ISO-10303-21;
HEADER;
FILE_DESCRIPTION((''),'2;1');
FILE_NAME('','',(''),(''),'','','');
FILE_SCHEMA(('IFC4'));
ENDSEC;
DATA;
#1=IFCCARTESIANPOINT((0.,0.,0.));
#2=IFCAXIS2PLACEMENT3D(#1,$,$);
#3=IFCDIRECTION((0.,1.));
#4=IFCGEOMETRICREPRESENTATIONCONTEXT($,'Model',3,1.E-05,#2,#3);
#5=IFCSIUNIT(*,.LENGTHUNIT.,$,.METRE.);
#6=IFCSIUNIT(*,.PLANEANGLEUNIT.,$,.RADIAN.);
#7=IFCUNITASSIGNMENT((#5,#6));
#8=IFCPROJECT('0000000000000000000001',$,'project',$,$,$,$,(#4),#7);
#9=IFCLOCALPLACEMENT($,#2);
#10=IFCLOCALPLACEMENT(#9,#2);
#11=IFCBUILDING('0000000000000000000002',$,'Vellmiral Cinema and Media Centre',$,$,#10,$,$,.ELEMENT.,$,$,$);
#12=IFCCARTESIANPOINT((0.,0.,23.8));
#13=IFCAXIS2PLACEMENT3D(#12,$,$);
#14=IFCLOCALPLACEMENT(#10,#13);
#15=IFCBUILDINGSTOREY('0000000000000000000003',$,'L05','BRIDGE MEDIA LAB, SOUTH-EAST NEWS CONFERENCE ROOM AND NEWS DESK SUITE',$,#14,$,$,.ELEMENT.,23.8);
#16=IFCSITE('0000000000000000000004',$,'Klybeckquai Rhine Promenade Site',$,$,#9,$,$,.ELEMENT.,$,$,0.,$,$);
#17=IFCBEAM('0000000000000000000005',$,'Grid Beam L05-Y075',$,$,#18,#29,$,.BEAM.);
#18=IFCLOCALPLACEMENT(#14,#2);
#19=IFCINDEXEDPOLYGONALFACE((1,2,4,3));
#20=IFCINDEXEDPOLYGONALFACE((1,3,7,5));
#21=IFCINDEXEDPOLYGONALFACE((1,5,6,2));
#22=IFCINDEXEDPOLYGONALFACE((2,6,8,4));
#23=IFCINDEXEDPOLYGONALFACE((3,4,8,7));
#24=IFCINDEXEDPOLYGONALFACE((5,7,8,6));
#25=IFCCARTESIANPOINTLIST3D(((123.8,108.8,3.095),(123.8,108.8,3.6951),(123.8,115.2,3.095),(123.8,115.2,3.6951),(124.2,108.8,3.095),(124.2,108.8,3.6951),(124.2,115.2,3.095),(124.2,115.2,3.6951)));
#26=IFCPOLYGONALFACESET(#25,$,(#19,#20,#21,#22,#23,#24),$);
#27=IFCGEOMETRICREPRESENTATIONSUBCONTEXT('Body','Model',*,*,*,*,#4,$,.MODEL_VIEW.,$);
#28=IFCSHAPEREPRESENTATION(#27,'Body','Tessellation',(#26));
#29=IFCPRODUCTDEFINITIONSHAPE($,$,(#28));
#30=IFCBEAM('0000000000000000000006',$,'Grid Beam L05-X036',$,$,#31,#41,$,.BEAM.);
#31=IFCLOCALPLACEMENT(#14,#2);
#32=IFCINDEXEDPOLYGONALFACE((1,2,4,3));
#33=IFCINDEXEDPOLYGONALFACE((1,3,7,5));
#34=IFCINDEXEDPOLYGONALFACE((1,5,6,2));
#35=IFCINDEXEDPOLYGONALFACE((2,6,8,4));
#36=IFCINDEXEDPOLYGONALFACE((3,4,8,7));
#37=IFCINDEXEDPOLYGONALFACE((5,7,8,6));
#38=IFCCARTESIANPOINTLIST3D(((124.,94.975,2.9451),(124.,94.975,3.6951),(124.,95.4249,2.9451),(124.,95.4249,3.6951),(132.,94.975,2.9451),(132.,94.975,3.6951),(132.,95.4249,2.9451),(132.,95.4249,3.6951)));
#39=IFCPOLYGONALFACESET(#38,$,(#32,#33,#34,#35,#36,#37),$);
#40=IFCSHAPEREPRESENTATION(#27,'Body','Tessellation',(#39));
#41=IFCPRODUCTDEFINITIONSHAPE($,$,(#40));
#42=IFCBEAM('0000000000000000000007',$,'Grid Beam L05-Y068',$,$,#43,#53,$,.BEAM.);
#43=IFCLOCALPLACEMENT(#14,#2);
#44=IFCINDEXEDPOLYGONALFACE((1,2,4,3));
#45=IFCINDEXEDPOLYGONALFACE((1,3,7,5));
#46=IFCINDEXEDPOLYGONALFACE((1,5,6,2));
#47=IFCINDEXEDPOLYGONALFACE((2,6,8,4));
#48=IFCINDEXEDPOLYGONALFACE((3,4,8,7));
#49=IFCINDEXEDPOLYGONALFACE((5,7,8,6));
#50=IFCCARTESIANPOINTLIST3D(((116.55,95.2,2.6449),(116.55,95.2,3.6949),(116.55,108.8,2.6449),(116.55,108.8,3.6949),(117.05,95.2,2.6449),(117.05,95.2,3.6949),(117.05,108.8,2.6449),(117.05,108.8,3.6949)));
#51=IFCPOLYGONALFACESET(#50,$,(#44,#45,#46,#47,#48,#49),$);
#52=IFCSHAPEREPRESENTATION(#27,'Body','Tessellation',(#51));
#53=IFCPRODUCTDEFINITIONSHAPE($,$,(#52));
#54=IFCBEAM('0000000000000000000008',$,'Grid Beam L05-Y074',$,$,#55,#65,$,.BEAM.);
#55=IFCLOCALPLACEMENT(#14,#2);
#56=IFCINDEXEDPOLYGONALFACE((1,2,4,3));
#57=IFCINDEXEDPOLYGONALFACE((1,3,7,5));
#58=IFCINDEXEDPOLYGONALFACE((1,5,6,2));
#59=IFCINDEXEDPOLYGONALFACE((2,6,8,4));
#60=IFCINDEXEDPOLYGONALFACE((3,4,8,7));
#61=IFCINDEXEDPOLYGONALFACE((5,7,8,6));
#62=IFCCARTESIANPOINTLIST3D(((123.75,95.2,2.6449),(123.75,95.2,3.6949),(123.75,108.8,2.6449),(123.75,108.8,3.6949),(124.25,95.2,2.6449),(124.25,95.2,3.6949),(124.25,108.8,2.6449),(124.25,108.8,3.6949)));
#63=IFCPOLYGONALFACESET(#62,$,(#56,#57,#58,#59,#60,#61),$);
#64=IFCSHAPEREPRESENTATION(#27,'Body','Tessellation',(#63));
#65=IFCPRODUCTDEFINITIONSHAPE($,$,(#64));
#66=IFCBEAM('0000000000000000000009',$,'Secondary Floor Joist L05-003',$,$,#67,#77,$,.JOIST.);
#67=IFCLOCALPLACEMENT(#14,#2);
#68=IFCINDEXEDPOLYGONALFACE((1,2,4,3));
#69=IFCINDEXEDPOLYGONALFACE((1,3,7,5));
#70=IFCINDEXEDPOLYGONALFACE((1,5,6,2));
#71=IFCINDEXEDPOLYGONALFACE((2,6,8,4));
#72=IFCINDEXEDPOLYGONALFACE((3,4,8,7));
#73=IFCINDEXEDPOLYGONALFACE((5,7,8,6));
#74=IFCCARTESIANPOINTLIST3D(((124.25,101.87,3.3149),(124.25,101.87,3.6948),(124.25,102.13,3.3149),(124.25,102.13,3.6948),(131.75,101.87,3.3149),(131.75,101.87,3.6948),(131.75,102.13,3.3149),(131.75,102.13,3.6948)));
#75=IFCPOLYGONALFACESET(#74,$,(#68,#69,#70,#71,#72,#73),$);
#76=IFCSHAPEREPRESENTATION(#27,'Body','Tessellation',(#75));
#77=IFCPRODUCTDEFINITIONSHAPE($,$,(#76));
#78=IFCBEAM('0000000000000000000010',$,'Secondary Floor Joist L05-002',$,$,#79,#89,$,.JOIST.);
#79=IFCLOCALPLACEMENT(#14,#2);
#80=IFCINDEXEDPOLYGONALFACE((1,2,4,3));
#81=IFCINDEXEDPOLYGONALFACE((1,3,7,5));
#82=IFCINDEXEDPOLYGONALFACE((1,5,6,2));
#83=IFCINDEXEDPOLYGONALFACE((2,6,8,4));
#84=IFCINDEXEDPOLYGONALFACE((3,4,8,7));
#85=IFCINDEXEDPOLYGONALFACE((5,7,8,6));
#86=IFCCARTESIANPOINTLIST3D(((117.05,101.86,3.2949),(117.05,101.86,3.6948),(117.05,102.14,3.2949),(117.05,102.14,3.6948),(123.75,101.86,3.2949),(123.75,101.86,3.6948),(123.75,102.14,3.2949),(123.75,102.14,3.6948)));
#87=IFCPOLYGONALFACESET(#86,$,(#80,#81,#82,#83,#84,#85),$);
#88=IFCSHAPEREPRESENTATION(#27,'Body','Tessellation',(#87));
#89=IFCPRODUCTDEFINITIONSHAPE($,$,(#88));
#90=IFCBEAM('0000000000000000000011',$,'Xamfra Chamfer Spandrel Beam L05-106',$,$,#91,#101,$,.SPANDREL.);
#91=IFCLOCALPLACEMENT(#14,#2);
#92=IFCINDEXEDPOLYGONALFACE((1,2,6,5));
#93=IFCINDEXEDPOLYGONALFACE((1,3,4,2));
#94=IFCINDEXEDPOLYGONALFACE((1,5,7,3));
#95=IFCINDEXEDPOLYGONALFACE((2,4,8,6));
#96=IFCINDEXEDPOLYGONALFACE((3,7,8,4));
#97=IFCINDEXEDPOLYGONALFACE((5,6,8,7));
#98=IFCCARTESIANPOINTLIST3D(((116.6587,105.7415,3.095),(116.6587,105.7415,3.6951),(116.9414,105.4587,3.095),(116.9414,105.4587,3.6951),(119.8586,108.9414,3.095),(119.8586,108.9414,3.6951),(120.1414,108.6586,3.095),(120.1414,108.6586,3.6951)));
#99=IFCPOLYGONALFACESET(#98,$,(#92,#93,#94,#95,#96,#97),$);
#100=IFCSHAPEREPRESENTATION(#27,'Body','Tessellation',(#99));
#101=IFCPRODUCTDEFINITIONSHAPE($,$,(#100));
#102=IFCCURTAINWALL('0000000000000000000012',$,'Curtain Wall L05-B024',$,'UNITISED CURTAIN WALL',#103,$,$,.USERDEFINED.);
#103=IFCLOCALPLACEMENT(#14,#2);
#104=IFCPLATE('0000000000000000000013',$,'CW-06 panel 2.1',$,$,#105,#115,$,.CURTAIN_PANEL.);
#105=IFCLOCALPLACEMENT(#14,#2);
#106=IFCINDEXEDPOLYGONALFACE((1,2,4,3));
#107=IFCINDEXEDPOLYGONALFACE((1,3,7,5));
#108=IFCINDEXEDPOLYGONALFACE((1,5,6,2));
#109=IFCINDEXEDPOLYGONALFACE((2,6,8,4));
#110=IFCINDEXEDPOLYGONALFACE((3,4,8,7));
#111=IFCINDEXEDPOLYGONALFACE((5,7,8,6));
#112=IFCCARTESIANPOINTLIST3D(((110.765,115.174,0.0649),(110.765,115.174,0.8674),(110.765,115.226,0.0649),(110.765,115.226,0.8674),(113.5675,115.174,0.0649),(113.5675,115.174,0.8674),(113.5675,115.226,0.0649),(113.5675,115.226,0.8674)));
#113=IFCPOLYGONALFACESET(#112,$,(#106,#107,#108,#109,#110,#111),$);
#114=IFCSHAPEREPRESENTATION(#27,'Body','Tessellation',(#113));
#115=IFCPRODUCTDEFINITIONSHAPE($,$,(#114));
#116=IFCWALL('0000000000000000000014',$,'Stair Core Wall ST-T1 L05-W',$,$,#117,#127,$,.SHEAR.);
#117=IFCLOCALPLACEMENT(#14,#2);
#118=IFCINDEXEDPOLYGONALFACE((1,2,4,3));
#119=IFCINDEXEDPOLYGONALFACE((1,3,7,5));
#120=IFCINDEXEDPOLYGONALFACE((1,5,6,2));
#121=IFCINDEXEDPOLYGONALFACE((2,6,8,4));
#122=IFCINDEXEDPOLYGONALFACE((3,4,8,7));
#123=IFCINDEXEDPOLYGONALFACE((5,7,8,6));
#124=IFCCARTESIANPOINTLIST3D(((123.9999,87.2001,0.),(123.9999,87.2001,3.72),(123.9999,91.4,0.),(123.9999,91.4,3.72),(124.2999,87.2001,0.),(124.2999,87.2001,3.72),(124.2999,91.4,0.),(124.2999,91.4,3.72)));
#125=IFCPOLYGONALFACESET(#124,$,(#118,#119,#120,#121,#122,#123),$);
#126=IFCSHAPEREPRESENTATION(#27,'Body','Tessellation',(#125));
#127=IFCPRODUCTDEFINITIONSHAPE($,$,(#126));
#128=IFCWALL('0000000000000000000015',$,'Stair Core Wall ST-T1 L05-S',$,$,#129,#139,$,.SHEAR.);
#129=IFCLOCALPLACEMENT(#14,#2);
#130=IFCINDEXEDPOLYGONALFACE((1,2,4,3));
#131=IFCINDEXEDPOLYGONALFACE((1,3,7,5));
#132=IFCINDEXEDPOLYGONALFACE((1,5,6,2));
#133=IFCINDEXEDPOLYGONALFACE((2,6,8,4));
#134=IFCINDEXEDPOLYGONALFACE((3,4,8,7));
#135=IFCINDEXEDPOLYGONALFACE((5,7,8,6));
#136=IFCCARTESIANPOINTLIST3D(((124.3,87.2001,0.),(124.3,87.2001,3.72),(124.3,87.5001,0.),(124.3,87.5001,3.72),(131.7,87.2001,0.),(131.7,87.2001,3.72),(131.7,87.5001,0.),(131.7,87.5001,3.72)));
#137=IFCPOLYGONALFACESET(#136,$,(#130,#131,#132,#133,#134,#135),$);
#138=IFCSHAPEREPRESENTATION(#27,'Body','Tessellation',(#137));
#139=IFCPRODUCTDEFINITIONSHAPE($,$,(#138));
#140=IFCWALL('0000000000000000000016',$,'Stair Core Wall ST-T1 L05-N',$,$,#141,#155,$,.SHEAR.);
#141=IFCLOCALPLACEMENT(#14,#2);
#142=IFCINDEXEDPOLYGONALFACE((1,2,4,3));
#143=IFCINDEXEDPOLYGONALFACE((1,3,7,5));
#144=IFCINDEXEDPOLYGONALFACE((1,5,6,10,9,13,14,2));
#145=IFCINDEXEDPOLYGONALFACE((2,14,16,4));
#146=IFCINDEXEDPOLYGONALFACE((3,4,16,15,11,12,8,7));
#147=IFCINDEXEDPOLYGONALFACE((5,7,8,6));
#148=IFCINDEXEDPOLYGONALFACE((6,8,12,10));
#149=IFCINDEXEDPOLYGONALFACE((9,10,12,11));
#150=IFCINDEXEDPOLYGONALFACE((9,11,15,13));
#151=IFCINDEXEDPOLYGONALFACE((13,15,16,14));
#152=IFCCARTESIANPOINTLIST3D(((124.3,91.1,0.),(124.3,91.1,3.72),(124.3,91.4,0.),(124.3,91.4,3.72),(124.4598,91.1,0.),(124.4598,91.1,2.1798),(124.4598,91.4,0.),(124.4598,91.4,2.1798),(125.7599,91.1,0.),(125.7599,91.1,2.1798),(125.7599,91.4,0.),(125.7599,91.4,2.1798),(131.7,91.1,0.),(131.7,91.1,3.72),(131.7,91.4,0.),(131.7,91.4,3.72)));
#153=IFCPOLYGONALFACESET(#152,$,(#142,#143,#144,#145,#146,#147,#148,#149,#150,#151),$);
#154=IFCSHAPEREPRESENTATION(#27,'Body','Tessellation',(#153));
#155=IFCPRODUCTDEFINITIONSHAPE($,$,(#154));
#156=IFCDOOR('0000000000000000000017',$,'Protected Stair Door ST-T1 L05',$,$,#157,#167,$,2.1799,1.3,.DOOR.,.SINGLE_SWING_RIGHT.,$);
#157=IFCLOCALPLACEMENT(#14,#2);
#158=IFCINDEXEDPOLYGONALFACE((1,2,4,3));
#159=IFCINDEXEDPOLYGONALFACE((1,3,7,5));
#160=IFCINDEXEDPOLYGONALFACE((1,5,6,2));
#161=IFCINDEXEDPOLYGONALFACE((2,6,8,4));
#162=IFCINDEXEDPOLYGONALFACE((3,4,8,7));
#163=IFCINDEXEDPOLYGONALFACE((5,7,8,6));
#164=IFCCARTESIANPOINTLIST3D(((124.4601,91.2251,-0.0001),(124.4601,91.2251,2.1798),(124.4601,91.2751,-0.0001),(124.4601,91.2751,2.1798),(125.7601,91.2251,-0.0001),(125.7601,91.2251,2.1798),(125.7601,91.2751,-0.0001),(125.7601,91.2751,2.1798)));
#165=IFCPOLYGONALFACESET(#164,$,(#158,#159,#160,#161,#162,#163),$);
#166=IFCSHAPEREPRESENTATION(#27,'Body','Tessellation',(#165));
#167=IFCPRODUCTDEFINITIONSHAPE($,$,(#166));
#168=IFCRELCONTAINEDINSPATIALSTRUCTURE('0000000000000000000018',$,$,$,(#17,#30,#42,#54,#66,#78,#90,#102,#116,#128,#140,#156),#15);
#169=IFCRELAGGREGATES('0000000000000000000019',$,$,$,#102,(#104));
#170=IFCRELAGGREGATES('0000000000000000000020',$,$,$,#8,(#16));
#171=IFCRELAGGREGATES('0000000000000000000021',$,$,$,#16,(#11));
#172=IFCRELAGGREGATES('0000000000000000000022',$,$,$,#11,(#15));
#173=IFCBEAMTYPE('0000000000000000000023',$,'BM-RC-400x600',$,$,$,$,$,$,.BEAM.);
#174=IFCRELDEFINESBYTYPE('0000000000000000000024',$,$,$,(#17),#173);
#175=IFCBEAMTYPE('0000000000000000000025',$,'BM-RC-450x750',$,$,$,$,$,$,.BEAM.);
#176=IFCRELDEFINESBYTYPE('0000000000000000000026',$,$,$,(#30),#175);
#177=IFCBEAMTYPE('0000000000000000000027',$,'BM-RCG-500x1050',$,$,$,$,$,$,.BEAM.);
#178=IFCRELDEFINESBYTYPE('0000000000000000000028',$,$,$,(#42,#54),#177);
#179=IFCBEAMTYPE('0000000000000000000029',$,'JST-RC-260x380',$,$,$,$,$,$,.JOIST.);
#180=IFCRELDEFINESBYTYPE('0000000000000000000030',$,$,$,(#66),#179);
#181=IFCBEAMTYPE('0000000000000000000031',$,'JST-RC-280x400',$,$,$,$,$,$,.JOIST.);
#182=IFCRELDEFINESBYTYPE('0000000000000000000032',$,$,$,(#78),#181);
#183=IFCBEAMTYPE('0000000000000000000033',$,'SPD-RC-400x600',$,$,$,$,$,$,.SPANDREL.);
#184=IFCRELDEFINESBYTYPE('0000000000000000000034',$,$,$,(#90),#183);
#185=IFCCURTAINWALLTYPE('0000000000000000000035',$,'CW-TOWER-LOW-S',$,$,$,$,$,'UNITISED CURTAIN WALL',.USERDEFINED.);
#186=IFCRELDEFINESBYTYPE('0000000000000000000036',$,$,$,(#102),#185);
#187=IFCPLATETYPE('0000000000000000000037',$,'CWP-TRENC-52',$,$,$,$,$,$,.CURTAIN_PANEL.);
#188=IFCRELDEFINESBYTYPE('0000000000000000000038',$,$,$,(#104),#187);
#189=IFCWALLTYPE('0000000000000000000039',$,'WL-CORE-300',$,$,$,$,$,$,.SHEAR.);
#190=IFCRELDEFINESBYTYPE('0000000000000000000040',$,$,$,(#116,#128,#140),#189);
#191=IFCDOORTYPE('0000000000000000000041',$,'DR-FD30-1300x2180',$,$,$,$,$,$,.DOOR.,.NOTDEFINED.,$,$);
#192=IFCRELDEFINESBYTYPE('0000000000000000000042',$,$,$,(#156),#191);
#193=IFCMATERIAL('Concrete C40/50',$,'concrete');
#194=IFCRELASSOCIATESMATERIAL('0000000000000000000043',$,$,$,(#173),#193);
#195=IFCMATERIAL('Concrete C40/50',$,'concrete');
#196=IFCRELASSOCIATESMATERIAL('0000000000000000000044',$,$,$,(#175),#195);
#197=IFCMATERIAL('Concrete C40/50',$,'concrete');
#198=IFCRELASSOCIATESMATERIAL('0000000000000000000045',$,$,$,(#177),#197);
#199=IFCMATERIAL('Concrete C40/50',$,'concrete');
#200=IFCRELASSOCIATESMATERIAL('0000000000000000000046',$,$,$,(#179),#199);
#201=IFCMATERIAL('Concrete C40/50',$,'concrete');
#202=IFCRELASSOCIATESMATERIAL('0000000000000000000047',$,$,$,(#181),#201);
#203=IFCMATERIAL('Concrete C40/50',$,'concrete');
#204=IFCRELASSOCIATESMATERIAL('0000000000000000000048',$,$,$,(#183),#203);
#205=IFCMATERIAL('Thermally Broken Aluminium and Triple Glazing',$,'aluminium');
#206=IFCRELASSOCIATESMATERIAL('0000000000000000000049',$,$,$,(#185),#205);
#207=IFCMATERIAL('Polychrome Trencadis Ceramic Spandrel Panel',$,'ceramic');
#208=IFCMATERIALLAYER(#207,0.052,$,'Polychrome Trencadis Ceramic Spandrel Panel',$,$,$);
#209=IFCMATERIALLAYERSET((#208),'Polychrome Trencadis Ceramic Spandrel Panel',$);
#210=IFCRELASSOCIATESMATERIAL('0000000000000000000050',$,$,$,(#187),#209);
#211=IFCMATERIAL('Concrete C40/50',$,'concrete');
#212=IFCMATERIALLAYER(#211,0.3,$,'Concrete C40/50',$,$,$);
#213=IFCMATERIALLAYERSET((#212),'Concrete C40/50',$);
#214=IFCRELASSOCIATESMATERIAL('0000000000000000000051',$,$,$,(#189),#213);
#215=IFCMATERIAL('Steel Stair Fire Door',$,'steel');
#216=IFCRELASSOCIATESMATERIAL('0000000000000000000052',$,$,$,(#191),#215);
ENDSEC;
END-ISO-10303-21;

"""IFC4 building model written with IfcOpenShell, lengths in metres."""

from ifc_helpers import new_model, si_unit, direction, frame, frame_2d, origin, origin_2d, place, context, subcontext, project, spatial, rectangle, extrude, material, layer, layer_set, material_profile, profile_set, type_object, element, fill, aggregate, save


model = new_model("IFC4")

# Units and contexts
model_context = context("Model", 3, precision=1e-05, world=origin(), true_north=direction((0.0, 1.0)))
body_context = subcontext(model_context, "Body", "Model", "MODEL_VIEW")
ifc_project = project(units=[si_unit("LENGTHUNIT", "METRE"), si_unit("PLANEANGLEUNIT", "RADIAN")], contexts=[model_context])

# Site, building, storey
site_placement = place(None, origin())
site = spatial("IfcSite", under=ifc_project, at=site_placement, Name="Klybeckquai Rhine Promenade Site", CompositionType="ELEMENT", RefElevation=0.0)
building_placement = place(site_placement, origin())
building = spatial("IfcBuilding", under=site, at=building_placement, Name="Vellmiral Cinema and Media Centre", CompositionType="ELEMENT")
storey_placement = place(building_placement, frame((0.0, 0.0, 23.8)))
storey = spatial("IfcBuildingStorey", under=building, at=storey_placement, Name="L05", Description="BRIDGE MEDIA LAB, SOUTH-EAST NEWS CONFERENCE ROOM AND NEWS DESK SUITE", CompositionType="ELEMENT", Elevation=23.8)

# Beams
ifc_material_1 = material(Name="Concrete C40/50", Category="concrete")
ifc_material_profile_1 = material_profile(ifc_material_1, rectangle(XDim=0.3999, YDim=0.6001, at=origin_2d()), Name="RC 400x600")
ifc_profile_set_1 = profile_set([ifc_material_profile_1], Name="Concrete C40/50")
beam_type_1 = type_object("IfcBeamType", Name="BM-RC-400x600", PredefinedType="BEAM", material=ifc_profile_set_1)
beam_1_placement = place(storey_placement, frame((124.0, 108.8, 3.395), z_axis=(0.0, 1.0, 0.0), x_axis=(-1.0, 0.0, 0.0)))
element("IfcBeam", 1, at=beam_1_placement, inside=storey, type_object=beam_type_1, Name="Grid Beam L05-Y075", PredefinedType="BEAM", context=body_context, shape_type="SweptSolid", body=[
    extrude(rectangle(XDim=0.3999, YDim=0.6001, at=origin_2d()), origin(), (0.0, 0.0, 1.0), 6.3999),
])
ifc_material_2 = material(Name="Concrete C40/50", Category="concrete")
ifc_material_profile_2 = material_profile(ifc_material_2, rectangle(XDim=0.45, YDim=0.75, at=origin_2d()), Name="RC 450x750")
ifc_profile_set_2 = profile_set([ifc_material_profile_2], Name="Concrete C40/50")
beam_type_2 = type_object("IfcBeamType", Name="BM-RC-450x750", PredefinedType="BEAM", material=ifc_profile_set_2)
beam_2_placement = place(storey_placement, frame((124.0, 95.2, 3.3201), z_axis=(1.0, 0.0, 0.0), x_axis=(0.0, 1.0, 0.0)))
element("IfcBeam", 2, at=beam_2_placement, inside=storey, type_object=beam_type_2, Name="Grid Beam L05-X036", PredefinedType="BEAM", context=body_context, shape_type="SweptSolid", body=[
    extrude(rectangle(XDim=0.45, YDim=0.75, at=origin_2d()), origin(), (0.0, 0.0, 1.0), 8.0),
])
ifc_material_3 = material(Name="Concrete C40/50", Category="concrete")
ifc_material_profile_3 = material_profile(ifc_material_3, rectangle(XDim=0.5, YDim=1.05, at=origin_2d()), Name="RC 500x1050")
ifc_profile_set_3 = profile_set([ifc_material_profile_3], Name="Concrete C40/50")
beam_type_3 = type_object("IfcBeamType", Name="BM-RCG-500x1050", PredefinedType="BEAM", material=ifc_profile_set_3)
for number, where, z_axis, x_axis, name in (
    (3, (116.8, 95.2, 3.1699), (0.0, 1.0, 0.0), (-1.0, 0.0, 0.0), "Grid Beam L05-Y068"),
    (4, (124.0, 95.2, 3.1699), (0.0, 1.0, 0.0), (-1.0, 0.0, 0.0), "Grid Beam L05-Y074"),
):
    element("IfcBeam", number, at=place(storey_placement, frame(where, z_axis=z_axis, x_axis=x_axis)), inside=storey, type_object=beam_type_3, Name=name, PredefinedType="BEAM", context=body_context, shape_type="SweptSolid", body=[
        extrude(rectangle(XDim=0.5, YDim=1.05, at=origin_2d()), origin(), (0.0, 0.0, 1.0), 13.6001),
    ])
ifc_material_4 = material(Name="Concrete C40/50", Category="concrete")
ifc_material_profile_4 = material_profile(ifc_material_4, rectangle(XDim=0.26, YDim=0.3799, at=origin_2d()), Name="RC 260x380")
ifc_profile_set_4 = profile_set([ifc_material_profile_4], Name="Concrete C40/50")
beam_type_4 = type_object("IfcBeamType", Name="JST-RC-260x380", PredefinedType="JOIST", material=ifc_profile_set_4)
beam_3_placement = place(storey_placement, frame((124.25, 102.0, 3.5049), z_axis=(1.0, 0.0, 0.0), x_axis=(0.0, 1.0, 0.0)))
element("IfcBeam", 5, at=beam_3_placement, inside=storey, type_object=beam_type_4, Name="Secondary Floor Joist L05-003", PredefinedType="JOIST", context=body_context, shape_type="SweptSolid", body=[
    extrude(rectangle(XDim=0.26, YDim=0.3799, at=origin_2d()), origin(), (0.0, 0.0, 1.0), 7.5),
])
ifc_material_5 = material(Name="Concrete C40/50", Category="concrete")
ifc_material_profile_5 = material_profile(ifc_material_5, rectangle(XDim=0.28, YDim=0.3999, at=origin_2d()), Name="RC 280x400")
ifc_profile_set_5 = profile_set([ifc_material_profile_5], Name="Concrete C40/50")
beam_type_5 = type_object("IfcBeamType", Name="JST-RC-280x400", PredefinedType="JOIST", material=ifc_profile_set_5)
beam_4_placement = place(storey_placement, frame((117.05, 102.0, 3.4949), z_axis=(1.0, 0.0, 0.0), x_axis=(0.0, 1.0, 0.0)))
element("IfcBeam", 6, at=beam_4_placement, inside=storey, type_object=beam_type_5, Name="Secondary Floor Joist L05-002", PredefinedType="JOIST", context=body_context, shape_type="SweptSolid", body=[
    extrude(rectangle(XDim=0.28, YDim=0.3999, at=origin_2d()), origin(), (0.0, 0.0, 1.0), 6.7),
])
ifc_material_6 = material(Name="Concrete C40/50", Category="concrete")
ifc_material_profile_6 = material_profile(ifc_material_6, rectangle(XDim=0.3999, YDim=0.6001, at=origin_2d()), Name="RC 400x600")
ifc_profile_set_6 = profile_set([ifc_material_profile_6], Name="Concrete C40/50")
beam_type_6 = type_object("IfcBeamType", Name="SPD-RC-400x600", PredefinedType="SPANDREL", material=ifc_profile_set_6)
beam_5_placement = place(storey_placement, frame((116.8, 105.6001, 3.395), z_axis=(0.707107, 0.707107, 0.0), x_axis=(-0.707107, 0.707107, 0.0)))
element("IfcBeam", 7, at=beam_5_placement, inside=storey, type_object=beam_type_6, Name="Xamfra Chamfer Spandrel Beam L05-106", PredefinedType="SPANDREL", context=body_context, shape_type="SweptSolid", body=[
    extrude(rectangle(XDim=0.3999, YDim=0.6001, at=origin_2d()), origin(), (0.0, 0.0, 1.0), 4.5254),
])

# Curtain wall, plate
ifc_material_7 = material(Name="Thermally Broken Aluminium and Triple Glazing", Category="aluminium")
curtain_wall_type = type_object("IfcCurtainWallType", Name="CW-TOWER-LOW-S", ElementType="UNITISED CURTAIN WALL", PredefinedType="USERDEFINED", material=ifc_material_7)
curtain_wall_placement = place(storey_placement, origin())
curtain_wall = element("IfcCurtainWall", 8, at=curtain_wall_placement, inside=storey, type_object=curtain_wall_type, Name="Curtain Wall L05-B024", ObjectType="UNITISED CURTAIN WALL", PredefinedType="USERDEFINED")
ifc_material_8 = material(Name="Polychrome Trencadis Ceramic Spandrel Panel", Category="ceramic")
ifc_layer_1 = layer(ifc_material_8, 0.052, Name="Polychrome Trencadis Ceramic Spandrel Panel")
ifc_layer_set_1 = layer_set([ifc_layer_1], Name="Polychrome Trencadis Ceramic Spandrel Panel")
plate_type = type_object("IfcPlateType", Name="CWP-TRENC-52", PredefinedType="CURTAIN_PANEL", material=ifc_layer_set_1)
plate_placement = place(storey_placement, frame((112.1663, 115.2, 0.0649), z_axis=(0.0, 0.0, 1.0), x_axis=(-1.0, 0.0, 0.0)))
plate = element("IfcPlate", 9, at=plate_placement, type_object=plate_type, Name="CW-06 panel 2.1", PredefinedType="CURTAIN_PANEL", context=body_context, shape_type="SweptSolid", body=[
    extrude(rectangle(XDim=2.8025, YDim=0.052, at=origin_2d()), origin(), (0.0, 0.0, 1.0), 0.8025),
])
aggregate(curtain_wall, [plate])

# Walls
ifc_material_9 = material(Name="Concrete C40/50", Category="concrete")
ifc_layer_2 = layer(ifc_material_9, 0.3, Name="Concrete C40/50")
ifc_layer_set_2 = layer_set([ifc_layer_2], Name="Concrete C40/50")
wall_type_1 = type_object("IfcWallType", Name="WL-CORE-300", PredefinedType="SHEAR", material=ifc_layer_set_2)
wall_1_placement = place(storey_placement, frame((124.1499, 87.2, 0.0), z_axis=(0.0, 0.0, 1.0), x_axis=(0.0, 1.0, 0.0)))
element("IfcWall", 10, at=wall_1_placement, inside=storey, type_object=wall_type_1, Name="Stair Core Wall ST-T1 L05-W", PredefinedType="SHEAR", context=body_context, shape_type="SweptSolid", body=[
    extrude(rectangle(XDim=4.2, YDim=0.3, at=frame_2d((2.1001, 0.0))), origin(), (0.0, 0.0, 1.0), 3.72),
])
wall_2_placement = place(storey_placement, frame((124.3, 87.3501, 0.0), z_axis=(0.0, 0.0, 1.0), x_axis=(1.0, 0.0, 0.0)))
element("IfcWall", 11, at=wall_2_placement, inside=storey, type_object=wall_type_1, Name="Stair Core Wall ST-T1 L05-S", PredefinedType="SHEAR", context=body_context, shape_type="SweptSolid", body=[
    extrude(rectangle(XDim=7.3999, YDim=0.3, at=frame_2d((3.7, 0.0))), origin(), (0.0, 0.0, 1.0), 3.72),
])

# Wall, opening, door
wall_3_placement = place(storey_placement, frame((124.3, 91.25, 0.0), z_axis=(0.0, 0.0, 1.0), x_axis=(1.0, 0.0, 0.0)))
wall_3 = element("IfcWall", 12, at=wall_3_placement, inside=storey, type_object=wall_type_1, Name="Stair Core Wall ST-T1 L05-N", PredefinedType="SHEAR", context=body_context, shape_type="SweptSolid", body=[
    extrude(rectangle(XDim=7.3999, YDim=0.3, at=frame_2d((3.7, 0.0))), origin(), (0.0, 0.0, 1.0), 3.72),
])
opening_1_placement = place(wall_3_placement, frame((0.1599, 0.0, 0.0)))
opening_1 = element("IfcOpeningElement", 13, at=opening_1_placement, cuts=wall_3, PredefinedType="OPENING", context=body_context, shape_type="SweptSolid", body=[
    extrude(rectangle(XDim=1.3, YDim=2.1799, at=frame_2d((0.6499, 1.0898))), frame((0.0, 0.1621, 0.0), z_axis=(0.0, -1.0, 0.0), x_axis=(1.0, 0.0, 0.0)), (0.0, 0.0, 1.0), 0.324),
])
ifc_material_10 = material(Name="Steel Stair Fire Door", Category="steel")
door_type_1 = type_object("IfcDoorType", Name="DR-FD30-1300x2180", OperationType="NOTDEFINED", PredefinedType="DOOR", material=ifc_material_10)
door_1_placement = place(opening_1_placement, frame((1.3, 0.0, 0.0), z_axis=(0.0, 0.0, 1.0), x_axis=(-1.0, 0.0, 0.0)))
door_1 = element("IfcDoor", 14, at=door_1_placement, inside=storey, type_object=door_type_1, Name="Protected Stair Door ST-T1 L05", OperationType="SINGLE_SWING_RIGHT", OverallHeight=2.1799, OverallWidth=1.3, PredefinedType="DOOR", context=body_context, shape_type="SweptSolid", body=[
    extrude(rectangle(XDim=1.3, YDim=2.1799, at=frame_2d((0.6499, 1.0898))), frame((0.0, 0.0249, 0.0), z_axis=(0.0, -1.0, 0.0), x_axis=(1.0, 0.0, 0.0)), (0.0, 0.0, 1.0), 0.05),
])
fill(opening_1, door_1)

save(model, "model.ifc")
